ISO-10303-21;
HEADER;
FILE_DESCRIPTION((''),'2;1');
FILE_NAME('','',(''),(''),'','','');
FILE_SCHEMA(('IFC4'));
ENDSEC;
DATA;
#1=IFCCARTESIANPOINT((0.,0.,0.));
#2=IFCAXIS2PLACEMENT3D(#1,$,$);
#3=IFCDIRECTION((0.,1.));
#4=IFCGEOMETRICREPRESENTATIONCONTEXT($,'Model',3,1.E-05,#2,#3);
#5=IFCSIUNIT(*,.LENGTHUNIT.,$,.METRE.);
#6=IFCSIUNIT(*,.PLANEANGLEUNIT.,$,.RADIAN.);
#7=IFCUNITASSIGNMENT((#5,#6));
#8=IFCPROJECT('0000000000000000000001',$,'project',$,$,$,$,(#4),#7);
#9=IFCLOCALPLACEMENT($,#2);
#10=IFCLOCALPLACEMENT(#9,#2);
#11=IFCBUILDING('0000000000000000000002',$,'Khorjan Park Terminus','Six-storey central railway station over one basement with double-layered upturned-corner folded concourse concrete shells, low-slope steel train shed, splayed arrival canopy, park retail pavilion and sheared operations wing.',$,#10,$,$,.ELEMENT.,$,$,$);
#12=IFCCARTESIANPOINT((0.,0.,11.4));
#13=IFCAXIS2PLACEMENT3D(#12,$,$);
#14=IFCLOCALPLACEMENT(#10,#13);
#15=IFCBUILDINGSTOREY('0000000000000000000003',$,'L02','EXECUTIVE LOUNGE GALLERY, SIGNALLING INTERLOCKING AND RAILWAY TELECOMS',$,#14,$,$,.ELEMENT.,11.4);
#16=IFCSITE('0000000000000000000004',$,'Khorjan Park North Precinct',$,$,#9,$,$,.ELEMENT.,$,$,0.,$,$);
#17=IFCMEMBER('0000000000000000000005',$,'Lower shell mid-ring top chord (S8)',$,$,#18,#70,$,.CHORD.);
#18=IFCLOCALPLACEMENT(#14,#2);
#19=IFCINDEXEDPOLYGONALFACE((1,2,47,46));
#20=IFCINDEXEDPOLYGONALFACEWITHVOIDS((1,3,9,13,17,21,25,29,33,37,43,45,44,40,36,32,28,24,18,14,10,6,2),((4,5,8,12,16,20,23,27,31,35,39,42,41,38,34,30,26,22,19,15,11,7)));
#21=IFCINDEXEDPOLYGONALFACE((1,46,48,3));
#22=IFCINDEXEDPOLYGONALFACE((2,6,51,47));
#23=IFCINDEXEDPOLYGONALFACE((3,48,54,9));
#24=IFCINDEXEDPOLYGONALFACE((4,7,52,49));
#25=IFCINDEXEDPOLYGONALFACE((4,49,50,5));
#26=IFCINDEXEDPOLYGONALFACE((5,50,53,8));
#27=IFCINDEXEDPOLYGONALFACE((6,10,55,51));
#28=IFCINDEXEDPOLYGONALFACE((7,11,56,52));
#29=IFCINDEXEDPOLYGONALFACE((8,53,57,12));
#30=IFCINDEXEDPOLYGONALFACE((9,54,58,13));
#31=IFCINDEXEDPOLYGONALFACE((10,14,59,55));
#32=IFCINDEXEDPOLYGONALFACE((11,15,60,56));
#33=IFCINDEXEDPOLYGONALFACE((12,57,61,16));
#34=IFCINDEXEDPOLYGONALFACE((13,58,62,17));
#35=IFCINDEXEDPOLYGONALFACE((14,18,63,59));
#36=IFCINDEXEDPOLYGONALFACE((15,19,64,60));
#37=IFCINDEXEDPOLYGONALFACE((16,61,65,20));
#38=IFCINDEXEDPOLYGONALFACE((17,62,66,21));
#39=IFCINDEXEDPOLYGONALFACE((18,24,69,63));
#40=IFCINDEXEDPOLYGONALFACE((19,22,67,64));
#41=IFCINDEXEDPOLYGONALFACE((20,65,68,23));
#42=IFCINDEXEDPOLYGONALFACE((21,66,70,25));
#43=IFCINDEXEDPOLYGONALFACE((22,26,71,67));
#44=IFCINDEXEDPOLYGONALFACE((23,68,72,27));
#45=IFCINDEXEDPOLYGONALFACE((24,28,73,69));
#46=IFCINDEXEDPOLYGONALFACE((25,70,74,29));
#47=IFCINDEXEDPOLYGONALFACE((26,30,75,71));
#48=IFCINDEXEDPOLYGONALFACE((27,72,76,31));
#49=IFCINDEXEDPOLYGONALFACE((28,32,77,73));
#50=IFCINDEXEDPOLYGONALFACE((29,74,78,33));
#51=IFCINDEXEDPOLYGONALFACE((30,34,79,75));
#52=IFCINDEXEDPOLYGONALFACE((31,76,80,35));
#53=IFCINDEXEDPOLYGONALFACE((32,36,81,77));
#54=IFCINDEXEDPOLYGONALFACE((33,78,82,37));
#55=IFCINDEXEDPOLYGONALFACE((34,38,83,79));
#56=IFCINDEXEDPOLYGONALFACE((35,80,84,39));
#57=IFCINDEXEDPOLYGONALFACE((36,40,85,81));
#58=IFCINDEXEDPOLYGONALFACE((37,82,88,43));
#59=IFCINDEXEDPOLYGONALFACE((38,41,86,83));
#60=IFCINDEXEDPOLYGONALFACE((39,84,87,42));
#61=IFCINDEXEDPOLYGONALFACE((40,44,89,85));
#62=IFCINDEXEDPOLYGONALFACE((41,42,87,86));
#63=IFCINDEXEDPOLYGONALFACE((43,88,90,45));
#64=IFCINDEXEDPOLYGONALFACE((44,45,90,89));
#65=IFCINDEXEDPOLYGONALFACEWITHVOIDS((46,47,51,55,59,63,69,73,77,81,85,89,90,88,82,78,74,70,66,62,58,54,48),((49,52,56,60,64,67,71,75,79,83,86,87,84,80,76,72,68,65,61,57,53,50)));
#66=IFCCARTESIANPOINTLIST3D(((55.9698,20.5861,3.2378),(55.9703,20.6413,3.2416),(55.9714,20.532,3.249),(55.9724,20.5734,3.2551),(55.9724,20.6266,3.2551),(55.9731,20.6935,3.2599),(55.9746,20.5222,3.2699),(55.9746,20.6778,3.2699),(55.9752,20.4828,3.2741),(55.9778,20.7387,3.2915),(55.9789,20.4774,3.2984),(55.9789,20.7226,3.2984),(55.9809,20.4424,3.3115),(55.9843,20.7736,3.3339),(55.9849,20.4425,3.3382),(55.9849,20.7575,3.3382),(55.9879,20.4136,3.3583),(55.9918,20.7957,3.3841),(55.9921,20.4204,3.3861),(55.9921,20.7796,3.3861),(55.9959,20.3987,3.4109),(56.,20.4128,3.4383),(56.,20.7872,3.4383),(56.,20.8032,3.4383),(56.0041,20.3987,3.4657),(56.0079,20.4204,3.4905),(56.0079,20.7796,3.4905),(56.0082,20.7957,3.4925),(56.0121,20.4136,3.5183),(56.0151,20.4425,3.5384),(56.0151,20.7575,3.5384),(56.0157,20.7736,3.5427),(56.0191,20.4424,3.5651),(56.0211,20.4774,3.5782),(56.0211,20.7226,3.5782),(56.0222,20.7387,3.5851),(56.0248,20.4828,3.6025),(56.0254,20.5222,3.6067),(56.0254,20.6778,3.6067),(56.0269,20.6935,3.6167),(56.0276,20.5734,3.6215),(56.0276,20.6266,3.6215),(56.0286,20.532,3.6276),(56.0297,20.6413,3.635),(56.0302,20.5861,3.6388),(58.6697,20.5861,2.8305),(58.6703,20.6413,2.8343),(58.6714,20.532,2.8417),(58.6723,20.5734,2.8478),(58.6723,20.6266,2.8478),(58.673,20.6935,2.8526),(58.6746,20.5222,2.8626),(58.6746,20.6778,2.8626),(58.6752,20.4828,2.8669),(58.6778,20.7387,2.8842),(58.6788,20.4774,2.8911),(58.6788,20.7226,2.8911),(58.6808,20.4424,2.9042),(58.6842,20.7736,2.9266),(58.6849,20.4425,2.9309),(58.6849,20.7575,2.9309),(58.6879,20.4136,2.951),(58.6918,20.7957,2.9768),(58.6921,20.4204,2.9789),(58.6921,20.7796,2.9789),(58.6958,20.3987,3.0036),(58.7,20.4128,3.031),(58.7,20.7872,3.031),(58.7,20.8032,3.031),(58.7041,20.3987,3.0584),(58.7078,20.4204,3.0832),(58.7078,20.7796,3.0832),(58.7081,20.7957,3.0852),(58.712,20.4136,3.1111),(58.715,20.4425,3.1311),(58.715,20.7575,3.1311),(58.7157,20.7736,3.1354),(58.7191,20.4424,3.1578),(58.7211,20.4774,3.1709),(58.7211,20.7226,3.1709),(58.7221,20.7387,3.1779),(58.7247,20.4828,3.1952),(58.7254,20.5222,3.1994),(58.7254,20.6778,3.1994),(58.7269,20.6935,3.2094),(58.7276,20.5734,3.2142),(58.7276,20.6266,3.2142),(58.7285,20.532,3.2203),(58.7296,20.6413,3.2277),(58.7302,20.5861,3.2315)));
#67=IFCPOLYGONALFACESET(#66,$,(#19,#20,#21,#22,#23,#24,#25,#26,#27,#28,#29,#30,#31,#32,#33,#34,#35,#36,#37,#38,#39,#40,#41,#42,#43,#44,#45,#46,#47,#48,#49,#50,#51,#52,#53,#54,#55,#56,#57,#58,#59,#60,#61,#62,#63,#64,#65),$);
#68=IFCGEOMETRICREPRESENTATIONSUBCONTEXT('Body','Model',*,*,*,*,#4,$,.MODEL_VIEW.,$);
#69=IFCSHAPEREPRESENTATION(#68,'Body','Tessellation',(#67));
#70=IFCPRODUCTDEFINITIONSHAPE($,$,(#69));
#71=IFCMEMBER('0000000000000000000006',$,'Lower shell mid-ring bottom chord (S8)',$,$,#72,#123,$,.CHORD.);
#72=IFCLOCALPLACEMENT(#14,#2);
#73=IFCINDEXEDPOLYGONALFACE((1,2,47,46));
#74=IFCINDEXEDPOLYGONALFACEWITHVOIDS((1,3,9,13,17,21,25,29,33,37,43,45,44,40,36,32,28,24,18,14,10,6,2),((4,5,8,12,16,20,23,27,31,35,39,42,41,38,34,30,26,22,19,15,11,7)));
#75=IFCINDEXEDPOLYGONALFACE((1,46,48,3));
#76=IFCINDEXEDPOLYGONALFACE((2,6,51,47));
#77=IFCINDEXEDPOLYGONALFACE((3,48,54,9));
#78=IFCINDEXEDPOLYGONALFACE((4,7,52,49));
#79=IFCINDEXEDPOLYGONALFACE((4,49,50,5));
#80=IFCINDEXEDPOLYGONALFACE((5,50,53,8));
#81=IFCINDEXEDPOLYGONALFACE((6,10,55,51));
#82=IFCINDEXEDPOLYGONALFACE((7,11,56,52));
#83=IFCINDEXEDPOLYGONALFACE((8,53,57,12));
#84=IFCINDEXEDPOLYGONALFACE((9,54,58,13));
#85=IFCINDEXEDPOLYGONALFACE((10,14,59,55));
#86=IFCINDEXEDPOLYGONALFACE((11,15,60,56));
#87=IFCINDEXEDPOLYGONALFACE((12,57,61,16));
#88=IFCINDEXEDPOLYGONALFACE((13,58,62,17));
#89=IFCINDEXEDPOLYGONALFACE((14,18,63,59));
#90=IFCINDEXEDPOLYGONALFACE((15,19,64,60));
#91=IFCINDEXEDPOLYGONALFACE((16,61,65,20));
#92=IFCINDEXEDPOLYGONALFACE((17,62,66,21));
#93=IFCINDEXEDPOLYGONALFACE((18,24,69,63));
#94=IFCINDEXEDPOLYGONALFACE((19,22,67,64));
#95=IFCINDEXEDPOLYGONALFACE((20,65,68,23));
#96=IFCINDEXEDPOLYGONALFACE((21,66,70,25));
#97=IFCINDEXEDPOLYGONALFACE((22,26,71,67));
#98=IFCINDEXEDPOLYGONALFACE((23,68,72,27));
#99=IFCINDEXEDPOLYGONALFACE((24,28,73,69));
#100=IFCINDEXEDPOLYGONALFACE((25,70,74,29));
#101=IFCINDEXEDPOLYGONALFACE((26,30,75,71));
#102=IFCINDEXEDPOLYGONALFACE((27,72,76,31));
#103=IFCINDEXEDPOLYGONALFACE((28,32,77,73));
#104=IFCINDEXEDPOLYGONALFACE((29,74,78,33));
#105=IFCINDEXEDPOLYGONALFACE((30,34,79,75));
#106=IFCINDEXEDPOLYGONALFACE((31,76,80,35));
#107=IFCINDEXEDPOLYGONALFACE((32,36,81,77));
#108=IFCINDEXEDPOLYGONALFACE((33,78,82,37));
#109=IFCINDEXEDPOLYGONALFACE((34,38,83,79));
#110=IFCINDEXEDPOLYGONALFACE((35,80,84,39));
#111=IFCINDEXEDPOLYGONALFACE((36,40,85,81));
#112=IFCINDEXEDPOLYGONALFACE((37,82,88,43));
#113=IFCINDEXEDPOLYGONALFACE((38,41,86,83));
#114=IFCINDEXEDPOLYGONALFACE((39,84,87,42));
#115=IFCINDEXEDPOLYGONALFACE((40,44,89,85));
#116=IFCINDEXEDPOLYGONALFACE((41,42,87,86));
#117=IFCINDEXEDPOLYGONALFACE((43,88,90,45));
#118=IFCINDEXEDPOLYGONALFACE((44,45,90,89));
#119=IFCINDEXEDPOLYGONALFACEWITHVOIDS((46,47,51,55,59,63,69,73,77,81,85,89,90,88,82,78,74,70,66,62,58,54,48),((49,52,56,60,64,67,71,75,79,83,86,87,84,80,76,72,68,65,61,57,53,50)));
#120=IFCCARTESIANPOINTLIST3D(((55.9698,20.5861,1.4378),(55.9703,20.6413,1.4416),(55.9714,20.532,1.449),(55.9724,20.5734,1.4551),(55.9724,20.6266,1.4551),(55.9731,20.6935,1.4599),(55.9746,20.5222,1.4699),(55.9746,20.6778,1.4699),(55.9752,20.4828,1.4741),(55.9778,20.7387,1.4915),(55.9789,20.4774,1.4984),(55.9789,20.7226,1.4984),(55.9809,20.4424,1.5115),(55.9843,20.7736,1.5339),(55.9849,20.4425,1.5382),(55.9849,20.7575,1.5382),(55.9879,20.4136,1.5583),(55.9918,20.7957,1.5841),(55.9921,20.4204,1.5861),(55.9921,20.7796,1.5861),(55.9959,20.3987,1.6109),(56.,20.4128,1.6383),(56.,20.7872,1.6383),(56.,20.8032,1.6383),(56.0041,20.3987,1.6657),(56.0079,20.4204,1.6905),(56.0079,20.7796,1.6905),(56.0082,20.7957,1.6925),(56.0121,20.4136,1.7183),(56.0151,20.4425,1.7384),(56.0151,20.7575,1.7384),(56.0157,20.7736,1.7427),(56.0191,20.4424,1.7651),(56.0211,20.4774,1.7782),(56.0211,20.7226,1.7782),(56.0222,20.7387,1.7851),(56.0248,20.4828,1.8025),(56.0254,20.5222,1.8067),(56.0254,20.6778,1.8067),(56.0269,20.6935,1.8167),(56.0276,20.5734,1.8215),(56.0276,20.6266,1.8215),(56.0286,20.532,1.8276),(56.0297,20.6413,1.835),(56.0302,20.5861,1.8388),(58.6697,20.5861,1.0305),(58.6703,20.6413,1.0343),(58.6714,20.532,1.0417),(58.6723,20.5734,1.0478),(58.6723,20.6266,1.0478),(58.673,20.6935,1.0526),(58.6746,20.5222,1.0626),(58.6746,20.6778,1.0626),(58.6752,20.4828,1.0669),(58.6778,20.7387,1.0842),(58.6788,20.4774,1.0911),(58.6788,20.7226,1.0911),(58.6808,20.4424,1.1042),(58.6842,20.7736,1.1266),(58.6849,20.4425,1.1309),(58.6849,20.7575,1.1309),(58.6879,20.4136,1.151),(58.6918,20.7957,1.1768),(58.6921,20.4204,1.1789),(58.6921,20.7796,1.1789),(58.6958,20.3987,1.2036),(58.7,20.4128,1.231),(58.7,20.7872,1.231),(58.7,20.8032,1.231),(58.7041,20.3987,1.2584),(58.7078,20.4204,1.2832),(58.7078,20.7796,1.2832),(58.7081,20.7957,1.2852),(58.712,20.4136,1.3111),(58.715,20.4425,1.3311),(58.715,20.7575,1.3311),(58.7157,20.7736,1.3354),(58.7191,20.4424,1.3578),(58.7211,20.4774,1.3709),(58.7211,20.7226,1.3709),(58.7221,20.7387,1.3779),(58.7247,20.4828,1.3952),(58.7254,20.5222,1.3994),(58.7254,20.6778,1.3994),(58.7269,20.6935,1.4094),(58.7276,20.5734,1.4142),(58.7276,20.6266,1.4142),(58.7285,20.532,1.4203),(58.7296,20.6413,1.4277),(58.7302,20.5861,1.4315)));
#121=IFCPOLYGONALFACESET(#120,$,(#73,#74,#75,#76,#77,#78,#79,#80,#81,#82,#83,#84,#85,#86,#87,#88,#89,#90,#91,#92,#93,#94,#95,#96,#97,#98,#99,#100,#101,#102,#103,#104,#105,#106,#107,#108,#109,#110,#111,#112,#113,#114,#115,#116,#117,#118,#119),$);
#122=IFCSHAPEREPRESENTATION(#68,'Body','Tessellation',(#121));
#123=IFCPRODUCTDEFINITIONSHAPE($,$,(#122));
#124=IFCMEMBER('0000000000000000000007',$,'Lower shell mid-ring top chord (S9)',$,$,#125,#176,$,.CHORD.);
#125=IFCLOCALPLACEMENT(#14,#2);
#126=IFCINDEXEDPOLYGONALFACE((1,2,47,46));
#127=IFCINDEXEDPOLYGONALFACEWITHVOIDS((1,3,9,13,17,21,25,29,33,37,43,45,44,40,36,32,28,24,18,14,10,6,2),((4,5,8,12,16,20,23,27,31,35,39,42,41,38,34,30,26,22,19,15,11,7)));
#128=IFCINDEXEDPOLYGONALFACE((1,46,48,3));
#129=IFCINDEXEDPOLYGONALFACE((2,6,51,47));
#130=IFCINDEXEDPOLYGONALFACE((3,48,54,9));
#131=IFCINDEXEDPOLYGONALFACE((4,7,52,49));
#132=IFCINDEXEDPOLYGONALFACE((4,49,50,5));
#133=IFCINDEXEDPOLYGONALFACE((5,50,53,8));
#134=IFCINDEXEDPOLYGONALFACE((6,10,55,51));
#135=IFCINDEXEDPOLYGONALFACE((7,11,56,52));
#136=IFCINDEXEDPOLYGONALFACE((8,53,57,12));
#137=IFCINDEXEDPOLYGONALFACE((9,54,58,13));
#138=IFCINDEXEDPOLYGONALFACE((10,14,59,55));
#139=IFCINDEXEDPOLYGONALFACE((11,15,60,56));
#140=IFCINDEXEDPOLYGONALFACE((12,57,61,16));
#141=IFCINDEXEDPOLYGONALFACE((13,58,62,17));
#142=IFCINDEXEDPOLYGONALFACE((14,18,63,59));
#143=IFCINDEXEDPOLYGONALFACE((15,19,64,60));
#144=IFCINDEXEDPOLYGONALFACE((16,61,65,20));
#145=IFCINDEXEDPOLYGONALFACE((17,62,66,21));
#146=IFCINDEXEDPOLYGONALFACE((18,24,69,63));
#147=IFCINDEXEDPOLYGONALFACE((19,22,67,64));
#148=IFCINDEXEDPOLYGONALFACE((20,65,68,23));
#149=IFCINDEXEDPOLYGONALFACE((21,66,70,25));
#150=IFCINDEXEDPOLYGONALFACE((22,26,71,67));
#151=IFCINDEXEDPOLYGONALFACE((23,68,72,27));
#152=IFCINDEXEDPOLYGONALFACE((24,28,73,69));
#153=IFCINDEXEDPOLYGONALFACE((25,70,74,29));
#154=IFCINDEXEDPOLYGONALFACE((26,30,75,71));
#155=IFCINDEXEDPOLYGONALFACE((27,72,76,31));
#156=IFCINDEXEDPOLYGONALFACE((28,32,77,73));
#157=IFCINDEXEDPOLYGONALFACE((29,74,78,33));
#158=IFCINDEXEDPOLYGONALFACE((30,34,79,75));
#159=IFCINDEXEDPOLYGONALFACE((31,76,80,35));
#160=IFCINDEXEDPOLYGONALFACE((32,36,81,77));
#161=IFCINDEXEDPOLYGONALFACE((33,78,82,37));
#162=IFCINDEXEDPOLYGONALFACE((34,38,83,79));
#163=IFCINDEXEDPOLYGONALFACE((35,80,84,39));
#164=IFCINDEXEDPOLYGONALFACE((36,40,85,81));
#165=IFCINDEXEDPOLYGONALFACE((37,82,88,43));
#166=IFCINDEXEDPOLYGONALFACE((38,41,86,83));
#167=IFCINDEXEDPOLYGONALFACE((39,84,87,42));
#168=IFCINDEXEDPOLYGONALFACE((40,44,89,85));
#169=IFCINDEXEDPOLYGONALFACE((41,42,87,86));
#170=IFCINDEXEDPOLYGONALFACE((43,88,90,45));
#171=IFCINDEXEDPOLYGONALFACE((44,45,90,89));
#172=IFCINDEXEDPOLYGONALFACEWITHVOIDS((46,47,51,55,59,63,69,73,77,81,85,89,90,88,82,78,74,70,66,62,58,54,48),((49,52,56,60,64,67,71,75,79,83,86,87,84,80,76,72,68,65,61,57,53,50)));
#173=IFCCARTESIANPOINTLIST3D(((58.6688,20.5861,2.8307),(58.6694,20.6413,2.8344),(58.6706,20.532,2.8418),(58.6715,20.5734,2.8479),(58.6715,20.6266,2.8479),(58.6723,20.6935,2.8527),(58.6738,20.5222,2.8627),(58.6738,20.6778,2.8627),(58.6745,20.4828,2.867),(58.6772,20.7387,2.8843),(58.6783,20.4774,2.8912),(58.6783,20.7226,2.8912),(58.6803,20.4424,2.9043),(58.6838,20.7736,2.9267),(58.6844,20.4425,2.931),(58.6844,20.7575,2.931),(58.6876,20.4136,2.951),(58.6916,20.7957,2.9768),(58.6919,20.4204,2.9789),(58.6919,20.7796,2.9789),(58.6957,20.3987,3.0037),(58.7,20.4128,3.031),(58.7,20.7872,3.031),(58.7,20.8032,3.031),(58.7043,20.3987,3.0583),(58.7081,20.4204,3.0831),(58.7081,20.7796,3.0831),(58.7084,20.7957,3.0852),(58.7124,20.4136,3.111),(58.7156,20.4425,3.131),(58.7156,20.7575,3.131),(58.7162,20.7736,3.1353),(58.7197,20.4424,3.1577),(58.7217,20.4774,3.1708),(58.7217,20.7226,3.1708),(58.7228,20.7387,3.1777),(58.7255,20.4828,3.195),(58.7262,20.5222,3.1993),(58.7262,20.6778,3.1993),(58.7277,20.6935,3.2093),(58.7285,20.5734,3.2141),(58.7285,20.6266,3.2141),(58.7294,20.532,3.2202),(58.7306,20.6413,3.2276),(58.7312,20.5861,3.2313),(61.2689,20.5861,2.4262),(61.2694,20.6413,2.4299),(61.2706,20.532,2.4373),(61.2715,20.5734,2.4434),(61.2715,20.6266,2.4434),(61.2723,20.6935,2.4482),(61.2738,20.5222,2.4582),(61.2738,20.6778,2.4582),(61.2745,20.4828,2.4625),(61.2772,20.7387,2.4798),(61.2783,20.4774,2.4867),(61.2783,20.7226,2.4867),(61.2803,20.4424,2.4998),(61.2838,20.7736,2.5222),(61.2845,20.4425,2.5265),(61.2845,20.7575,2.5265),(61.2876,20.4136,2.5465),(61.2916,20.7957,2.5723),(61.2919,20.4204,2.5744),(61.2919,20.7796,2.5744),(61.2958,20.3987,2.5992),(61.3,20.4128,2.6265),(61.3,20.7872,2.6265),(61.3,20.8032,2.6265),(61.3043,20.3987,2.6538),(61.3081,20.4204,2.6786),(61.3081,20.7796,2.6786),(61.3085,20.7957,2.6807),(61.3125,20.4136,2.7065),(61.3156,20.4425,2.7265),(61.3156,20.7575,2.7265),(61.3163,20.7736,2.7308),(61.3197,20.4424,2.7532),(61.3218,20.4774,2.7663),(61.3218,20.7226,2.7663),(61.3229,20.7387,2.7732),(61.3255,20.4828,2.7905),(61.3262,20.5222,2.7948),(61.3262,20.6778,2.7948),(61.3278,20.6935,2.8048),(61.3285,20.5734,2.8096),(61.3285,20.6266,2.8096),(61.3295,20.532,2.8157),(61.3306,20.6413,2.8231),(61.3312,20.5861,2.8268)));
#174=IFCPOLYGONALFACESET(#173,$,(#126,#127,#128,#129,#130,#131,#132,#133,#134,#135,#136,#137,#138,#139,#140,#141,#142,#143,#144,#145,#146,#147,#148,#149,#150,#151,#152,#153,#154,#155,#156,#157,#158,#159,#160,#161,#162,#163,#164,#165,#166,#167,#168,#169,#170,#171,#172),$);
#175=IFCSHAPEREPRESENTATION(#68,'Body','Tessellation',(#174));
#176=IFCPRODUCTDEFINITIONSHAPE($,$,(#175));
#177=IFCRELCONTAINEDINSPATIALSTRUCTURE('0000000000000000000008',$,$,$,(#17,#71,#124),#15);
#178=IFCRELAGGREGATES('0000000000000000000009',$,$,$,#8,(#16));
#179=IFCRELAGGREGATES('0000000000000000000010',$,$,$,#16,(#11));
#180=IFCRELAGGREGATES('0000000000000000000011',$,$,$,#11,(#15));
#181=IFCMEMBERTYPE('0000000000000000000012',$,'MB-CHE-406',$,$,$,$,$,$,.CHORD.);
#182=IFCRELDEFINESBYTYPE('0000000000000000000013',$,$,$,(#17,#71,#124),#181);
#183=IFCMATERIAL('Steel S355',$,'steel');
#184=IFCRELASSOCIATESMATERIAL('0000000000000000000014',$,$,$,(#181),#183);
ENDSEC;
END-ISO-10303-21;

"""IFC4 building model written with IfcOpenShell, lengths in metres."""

from ifc_helpers import new_model, si_unit, direction, frame, origin, origin_2d, place, context, subcontext, project, spatial, hollow_circle, extrude, material, material_profile, profile_set, type_object, element, save


model = new_model("IFC4")

# Units and contexts
model_context = context("Model", 3, precision=1e-05, world=origin(), true_north=direction((0.0, 1.0)))
body_context = subcontext(model_context, "Body", "Model", "MODEL_VIEW")
ifc_project = project(units=[si_unit("LENGTHUNIT", "METRE"), si_unit("PLANEANGLEUNIT", "RADIAN")], contexts=[model_context])

# Site, building, storey
site_placement = place(None, origin())
site = spatial("IfcSite", under=ifc_project, at=site_placement, Name="Khorjan Park North Precinct", CompositionType="ELEMENT", RefElevation=0.0)
building_placement = place(site_placement, origin())
building = spatial("IfcBuilding", under=site, at=building_placement, Name="Khorjan Park Terminus", Description="Six-storey central railway station over one basement with double-layered upturned-corner folded concourse concrete shells, low-slope steel train shed, splayed arrival canopy, park retail pavilion and sheared operations wing.", CompositionType="ELEMENT")
storey_placement = place(building_placement, frame((0.0, 0.0, 11.4)))
storey = spatial("IfcBuildingStorey", under=building, at=storey_placement, Name="L02", Description="EXECUTIVE LOUNGE GALLERY, SIGNALLING INTERLOCKING AND RAILWAY TELECOMS", CompositionType="ELEMENT", Elevation=11.4)

# Members
ifc_material_1 = material(Name="Steel S355", Category="steel")
ifc_material_profile_1 = material_profile(ifc_material_1, hollow_circle(Radius=0.2032, WallThickness=0.016, at=origin_2d()), Name="CHS 406.4x16")
ifc_profile_set_1 = profile_set([ifc_material_profile_1], Name="Steel S355")
member_type_1 = type_object("IfcMemberType", Name="MB-CHE-406", PredefinedType="CHORD", material=ifc_profile_set_1)
for number, where, z_axis, x_axis, name in (
    (1, (56.0, 20.6, 3.4383), (0.988812, 0.0, -0.149164), (0.0, 1.0, 0.0), "Lower shell mid-ring top chord (S8)"),
    (2, (56.0, 20.6, 1.6383), (0.988812, 0.0, -0.149164), (0.0, 1.0, 0.0), "Lower shell mid-ring bottom chord (S8)"),
):
    element("IfcMember", number, at=place(storey_placement, frame(where, z_axis=z_axis, x_axis=x_axis)), inside=storey, type_object=member_type_1, Name=name, PredefinedType="CHORD", context=body_context, shape_type="SweptSolid", body=[
        extrude(hollow_circle(Radius=0.2032, WallThickness=0.016, at=origin_2d()), origin(), (0.0, 0.0, 1.0), 2.7305),
    ])
for number, where, z_axis, x_axis, name in (
    (3, (58.7, 20.6, 3.031), (0.988113, 0.0, -0.153728), (0.0, 1.0, 0.0), "Lower shell mid-ring top chord (S9)"),
):
    element("IfcMember", number, at=place(storey_placement, frame(where, z_axis=z_axis, x_axis=x_axis)), inside=storey, type_object=member_type_1, Name=name, PredefinedType="CHORD", context=body_context, shape_type="SweptSolid", body=[
        extrude(hollow_circle(Radius=0.2032, WallThickness=0.016, at=origin_2d()), origin(), (0.0, 0.0, 1.0), 2.6313),
    ])

save(model, "model.ifc")
